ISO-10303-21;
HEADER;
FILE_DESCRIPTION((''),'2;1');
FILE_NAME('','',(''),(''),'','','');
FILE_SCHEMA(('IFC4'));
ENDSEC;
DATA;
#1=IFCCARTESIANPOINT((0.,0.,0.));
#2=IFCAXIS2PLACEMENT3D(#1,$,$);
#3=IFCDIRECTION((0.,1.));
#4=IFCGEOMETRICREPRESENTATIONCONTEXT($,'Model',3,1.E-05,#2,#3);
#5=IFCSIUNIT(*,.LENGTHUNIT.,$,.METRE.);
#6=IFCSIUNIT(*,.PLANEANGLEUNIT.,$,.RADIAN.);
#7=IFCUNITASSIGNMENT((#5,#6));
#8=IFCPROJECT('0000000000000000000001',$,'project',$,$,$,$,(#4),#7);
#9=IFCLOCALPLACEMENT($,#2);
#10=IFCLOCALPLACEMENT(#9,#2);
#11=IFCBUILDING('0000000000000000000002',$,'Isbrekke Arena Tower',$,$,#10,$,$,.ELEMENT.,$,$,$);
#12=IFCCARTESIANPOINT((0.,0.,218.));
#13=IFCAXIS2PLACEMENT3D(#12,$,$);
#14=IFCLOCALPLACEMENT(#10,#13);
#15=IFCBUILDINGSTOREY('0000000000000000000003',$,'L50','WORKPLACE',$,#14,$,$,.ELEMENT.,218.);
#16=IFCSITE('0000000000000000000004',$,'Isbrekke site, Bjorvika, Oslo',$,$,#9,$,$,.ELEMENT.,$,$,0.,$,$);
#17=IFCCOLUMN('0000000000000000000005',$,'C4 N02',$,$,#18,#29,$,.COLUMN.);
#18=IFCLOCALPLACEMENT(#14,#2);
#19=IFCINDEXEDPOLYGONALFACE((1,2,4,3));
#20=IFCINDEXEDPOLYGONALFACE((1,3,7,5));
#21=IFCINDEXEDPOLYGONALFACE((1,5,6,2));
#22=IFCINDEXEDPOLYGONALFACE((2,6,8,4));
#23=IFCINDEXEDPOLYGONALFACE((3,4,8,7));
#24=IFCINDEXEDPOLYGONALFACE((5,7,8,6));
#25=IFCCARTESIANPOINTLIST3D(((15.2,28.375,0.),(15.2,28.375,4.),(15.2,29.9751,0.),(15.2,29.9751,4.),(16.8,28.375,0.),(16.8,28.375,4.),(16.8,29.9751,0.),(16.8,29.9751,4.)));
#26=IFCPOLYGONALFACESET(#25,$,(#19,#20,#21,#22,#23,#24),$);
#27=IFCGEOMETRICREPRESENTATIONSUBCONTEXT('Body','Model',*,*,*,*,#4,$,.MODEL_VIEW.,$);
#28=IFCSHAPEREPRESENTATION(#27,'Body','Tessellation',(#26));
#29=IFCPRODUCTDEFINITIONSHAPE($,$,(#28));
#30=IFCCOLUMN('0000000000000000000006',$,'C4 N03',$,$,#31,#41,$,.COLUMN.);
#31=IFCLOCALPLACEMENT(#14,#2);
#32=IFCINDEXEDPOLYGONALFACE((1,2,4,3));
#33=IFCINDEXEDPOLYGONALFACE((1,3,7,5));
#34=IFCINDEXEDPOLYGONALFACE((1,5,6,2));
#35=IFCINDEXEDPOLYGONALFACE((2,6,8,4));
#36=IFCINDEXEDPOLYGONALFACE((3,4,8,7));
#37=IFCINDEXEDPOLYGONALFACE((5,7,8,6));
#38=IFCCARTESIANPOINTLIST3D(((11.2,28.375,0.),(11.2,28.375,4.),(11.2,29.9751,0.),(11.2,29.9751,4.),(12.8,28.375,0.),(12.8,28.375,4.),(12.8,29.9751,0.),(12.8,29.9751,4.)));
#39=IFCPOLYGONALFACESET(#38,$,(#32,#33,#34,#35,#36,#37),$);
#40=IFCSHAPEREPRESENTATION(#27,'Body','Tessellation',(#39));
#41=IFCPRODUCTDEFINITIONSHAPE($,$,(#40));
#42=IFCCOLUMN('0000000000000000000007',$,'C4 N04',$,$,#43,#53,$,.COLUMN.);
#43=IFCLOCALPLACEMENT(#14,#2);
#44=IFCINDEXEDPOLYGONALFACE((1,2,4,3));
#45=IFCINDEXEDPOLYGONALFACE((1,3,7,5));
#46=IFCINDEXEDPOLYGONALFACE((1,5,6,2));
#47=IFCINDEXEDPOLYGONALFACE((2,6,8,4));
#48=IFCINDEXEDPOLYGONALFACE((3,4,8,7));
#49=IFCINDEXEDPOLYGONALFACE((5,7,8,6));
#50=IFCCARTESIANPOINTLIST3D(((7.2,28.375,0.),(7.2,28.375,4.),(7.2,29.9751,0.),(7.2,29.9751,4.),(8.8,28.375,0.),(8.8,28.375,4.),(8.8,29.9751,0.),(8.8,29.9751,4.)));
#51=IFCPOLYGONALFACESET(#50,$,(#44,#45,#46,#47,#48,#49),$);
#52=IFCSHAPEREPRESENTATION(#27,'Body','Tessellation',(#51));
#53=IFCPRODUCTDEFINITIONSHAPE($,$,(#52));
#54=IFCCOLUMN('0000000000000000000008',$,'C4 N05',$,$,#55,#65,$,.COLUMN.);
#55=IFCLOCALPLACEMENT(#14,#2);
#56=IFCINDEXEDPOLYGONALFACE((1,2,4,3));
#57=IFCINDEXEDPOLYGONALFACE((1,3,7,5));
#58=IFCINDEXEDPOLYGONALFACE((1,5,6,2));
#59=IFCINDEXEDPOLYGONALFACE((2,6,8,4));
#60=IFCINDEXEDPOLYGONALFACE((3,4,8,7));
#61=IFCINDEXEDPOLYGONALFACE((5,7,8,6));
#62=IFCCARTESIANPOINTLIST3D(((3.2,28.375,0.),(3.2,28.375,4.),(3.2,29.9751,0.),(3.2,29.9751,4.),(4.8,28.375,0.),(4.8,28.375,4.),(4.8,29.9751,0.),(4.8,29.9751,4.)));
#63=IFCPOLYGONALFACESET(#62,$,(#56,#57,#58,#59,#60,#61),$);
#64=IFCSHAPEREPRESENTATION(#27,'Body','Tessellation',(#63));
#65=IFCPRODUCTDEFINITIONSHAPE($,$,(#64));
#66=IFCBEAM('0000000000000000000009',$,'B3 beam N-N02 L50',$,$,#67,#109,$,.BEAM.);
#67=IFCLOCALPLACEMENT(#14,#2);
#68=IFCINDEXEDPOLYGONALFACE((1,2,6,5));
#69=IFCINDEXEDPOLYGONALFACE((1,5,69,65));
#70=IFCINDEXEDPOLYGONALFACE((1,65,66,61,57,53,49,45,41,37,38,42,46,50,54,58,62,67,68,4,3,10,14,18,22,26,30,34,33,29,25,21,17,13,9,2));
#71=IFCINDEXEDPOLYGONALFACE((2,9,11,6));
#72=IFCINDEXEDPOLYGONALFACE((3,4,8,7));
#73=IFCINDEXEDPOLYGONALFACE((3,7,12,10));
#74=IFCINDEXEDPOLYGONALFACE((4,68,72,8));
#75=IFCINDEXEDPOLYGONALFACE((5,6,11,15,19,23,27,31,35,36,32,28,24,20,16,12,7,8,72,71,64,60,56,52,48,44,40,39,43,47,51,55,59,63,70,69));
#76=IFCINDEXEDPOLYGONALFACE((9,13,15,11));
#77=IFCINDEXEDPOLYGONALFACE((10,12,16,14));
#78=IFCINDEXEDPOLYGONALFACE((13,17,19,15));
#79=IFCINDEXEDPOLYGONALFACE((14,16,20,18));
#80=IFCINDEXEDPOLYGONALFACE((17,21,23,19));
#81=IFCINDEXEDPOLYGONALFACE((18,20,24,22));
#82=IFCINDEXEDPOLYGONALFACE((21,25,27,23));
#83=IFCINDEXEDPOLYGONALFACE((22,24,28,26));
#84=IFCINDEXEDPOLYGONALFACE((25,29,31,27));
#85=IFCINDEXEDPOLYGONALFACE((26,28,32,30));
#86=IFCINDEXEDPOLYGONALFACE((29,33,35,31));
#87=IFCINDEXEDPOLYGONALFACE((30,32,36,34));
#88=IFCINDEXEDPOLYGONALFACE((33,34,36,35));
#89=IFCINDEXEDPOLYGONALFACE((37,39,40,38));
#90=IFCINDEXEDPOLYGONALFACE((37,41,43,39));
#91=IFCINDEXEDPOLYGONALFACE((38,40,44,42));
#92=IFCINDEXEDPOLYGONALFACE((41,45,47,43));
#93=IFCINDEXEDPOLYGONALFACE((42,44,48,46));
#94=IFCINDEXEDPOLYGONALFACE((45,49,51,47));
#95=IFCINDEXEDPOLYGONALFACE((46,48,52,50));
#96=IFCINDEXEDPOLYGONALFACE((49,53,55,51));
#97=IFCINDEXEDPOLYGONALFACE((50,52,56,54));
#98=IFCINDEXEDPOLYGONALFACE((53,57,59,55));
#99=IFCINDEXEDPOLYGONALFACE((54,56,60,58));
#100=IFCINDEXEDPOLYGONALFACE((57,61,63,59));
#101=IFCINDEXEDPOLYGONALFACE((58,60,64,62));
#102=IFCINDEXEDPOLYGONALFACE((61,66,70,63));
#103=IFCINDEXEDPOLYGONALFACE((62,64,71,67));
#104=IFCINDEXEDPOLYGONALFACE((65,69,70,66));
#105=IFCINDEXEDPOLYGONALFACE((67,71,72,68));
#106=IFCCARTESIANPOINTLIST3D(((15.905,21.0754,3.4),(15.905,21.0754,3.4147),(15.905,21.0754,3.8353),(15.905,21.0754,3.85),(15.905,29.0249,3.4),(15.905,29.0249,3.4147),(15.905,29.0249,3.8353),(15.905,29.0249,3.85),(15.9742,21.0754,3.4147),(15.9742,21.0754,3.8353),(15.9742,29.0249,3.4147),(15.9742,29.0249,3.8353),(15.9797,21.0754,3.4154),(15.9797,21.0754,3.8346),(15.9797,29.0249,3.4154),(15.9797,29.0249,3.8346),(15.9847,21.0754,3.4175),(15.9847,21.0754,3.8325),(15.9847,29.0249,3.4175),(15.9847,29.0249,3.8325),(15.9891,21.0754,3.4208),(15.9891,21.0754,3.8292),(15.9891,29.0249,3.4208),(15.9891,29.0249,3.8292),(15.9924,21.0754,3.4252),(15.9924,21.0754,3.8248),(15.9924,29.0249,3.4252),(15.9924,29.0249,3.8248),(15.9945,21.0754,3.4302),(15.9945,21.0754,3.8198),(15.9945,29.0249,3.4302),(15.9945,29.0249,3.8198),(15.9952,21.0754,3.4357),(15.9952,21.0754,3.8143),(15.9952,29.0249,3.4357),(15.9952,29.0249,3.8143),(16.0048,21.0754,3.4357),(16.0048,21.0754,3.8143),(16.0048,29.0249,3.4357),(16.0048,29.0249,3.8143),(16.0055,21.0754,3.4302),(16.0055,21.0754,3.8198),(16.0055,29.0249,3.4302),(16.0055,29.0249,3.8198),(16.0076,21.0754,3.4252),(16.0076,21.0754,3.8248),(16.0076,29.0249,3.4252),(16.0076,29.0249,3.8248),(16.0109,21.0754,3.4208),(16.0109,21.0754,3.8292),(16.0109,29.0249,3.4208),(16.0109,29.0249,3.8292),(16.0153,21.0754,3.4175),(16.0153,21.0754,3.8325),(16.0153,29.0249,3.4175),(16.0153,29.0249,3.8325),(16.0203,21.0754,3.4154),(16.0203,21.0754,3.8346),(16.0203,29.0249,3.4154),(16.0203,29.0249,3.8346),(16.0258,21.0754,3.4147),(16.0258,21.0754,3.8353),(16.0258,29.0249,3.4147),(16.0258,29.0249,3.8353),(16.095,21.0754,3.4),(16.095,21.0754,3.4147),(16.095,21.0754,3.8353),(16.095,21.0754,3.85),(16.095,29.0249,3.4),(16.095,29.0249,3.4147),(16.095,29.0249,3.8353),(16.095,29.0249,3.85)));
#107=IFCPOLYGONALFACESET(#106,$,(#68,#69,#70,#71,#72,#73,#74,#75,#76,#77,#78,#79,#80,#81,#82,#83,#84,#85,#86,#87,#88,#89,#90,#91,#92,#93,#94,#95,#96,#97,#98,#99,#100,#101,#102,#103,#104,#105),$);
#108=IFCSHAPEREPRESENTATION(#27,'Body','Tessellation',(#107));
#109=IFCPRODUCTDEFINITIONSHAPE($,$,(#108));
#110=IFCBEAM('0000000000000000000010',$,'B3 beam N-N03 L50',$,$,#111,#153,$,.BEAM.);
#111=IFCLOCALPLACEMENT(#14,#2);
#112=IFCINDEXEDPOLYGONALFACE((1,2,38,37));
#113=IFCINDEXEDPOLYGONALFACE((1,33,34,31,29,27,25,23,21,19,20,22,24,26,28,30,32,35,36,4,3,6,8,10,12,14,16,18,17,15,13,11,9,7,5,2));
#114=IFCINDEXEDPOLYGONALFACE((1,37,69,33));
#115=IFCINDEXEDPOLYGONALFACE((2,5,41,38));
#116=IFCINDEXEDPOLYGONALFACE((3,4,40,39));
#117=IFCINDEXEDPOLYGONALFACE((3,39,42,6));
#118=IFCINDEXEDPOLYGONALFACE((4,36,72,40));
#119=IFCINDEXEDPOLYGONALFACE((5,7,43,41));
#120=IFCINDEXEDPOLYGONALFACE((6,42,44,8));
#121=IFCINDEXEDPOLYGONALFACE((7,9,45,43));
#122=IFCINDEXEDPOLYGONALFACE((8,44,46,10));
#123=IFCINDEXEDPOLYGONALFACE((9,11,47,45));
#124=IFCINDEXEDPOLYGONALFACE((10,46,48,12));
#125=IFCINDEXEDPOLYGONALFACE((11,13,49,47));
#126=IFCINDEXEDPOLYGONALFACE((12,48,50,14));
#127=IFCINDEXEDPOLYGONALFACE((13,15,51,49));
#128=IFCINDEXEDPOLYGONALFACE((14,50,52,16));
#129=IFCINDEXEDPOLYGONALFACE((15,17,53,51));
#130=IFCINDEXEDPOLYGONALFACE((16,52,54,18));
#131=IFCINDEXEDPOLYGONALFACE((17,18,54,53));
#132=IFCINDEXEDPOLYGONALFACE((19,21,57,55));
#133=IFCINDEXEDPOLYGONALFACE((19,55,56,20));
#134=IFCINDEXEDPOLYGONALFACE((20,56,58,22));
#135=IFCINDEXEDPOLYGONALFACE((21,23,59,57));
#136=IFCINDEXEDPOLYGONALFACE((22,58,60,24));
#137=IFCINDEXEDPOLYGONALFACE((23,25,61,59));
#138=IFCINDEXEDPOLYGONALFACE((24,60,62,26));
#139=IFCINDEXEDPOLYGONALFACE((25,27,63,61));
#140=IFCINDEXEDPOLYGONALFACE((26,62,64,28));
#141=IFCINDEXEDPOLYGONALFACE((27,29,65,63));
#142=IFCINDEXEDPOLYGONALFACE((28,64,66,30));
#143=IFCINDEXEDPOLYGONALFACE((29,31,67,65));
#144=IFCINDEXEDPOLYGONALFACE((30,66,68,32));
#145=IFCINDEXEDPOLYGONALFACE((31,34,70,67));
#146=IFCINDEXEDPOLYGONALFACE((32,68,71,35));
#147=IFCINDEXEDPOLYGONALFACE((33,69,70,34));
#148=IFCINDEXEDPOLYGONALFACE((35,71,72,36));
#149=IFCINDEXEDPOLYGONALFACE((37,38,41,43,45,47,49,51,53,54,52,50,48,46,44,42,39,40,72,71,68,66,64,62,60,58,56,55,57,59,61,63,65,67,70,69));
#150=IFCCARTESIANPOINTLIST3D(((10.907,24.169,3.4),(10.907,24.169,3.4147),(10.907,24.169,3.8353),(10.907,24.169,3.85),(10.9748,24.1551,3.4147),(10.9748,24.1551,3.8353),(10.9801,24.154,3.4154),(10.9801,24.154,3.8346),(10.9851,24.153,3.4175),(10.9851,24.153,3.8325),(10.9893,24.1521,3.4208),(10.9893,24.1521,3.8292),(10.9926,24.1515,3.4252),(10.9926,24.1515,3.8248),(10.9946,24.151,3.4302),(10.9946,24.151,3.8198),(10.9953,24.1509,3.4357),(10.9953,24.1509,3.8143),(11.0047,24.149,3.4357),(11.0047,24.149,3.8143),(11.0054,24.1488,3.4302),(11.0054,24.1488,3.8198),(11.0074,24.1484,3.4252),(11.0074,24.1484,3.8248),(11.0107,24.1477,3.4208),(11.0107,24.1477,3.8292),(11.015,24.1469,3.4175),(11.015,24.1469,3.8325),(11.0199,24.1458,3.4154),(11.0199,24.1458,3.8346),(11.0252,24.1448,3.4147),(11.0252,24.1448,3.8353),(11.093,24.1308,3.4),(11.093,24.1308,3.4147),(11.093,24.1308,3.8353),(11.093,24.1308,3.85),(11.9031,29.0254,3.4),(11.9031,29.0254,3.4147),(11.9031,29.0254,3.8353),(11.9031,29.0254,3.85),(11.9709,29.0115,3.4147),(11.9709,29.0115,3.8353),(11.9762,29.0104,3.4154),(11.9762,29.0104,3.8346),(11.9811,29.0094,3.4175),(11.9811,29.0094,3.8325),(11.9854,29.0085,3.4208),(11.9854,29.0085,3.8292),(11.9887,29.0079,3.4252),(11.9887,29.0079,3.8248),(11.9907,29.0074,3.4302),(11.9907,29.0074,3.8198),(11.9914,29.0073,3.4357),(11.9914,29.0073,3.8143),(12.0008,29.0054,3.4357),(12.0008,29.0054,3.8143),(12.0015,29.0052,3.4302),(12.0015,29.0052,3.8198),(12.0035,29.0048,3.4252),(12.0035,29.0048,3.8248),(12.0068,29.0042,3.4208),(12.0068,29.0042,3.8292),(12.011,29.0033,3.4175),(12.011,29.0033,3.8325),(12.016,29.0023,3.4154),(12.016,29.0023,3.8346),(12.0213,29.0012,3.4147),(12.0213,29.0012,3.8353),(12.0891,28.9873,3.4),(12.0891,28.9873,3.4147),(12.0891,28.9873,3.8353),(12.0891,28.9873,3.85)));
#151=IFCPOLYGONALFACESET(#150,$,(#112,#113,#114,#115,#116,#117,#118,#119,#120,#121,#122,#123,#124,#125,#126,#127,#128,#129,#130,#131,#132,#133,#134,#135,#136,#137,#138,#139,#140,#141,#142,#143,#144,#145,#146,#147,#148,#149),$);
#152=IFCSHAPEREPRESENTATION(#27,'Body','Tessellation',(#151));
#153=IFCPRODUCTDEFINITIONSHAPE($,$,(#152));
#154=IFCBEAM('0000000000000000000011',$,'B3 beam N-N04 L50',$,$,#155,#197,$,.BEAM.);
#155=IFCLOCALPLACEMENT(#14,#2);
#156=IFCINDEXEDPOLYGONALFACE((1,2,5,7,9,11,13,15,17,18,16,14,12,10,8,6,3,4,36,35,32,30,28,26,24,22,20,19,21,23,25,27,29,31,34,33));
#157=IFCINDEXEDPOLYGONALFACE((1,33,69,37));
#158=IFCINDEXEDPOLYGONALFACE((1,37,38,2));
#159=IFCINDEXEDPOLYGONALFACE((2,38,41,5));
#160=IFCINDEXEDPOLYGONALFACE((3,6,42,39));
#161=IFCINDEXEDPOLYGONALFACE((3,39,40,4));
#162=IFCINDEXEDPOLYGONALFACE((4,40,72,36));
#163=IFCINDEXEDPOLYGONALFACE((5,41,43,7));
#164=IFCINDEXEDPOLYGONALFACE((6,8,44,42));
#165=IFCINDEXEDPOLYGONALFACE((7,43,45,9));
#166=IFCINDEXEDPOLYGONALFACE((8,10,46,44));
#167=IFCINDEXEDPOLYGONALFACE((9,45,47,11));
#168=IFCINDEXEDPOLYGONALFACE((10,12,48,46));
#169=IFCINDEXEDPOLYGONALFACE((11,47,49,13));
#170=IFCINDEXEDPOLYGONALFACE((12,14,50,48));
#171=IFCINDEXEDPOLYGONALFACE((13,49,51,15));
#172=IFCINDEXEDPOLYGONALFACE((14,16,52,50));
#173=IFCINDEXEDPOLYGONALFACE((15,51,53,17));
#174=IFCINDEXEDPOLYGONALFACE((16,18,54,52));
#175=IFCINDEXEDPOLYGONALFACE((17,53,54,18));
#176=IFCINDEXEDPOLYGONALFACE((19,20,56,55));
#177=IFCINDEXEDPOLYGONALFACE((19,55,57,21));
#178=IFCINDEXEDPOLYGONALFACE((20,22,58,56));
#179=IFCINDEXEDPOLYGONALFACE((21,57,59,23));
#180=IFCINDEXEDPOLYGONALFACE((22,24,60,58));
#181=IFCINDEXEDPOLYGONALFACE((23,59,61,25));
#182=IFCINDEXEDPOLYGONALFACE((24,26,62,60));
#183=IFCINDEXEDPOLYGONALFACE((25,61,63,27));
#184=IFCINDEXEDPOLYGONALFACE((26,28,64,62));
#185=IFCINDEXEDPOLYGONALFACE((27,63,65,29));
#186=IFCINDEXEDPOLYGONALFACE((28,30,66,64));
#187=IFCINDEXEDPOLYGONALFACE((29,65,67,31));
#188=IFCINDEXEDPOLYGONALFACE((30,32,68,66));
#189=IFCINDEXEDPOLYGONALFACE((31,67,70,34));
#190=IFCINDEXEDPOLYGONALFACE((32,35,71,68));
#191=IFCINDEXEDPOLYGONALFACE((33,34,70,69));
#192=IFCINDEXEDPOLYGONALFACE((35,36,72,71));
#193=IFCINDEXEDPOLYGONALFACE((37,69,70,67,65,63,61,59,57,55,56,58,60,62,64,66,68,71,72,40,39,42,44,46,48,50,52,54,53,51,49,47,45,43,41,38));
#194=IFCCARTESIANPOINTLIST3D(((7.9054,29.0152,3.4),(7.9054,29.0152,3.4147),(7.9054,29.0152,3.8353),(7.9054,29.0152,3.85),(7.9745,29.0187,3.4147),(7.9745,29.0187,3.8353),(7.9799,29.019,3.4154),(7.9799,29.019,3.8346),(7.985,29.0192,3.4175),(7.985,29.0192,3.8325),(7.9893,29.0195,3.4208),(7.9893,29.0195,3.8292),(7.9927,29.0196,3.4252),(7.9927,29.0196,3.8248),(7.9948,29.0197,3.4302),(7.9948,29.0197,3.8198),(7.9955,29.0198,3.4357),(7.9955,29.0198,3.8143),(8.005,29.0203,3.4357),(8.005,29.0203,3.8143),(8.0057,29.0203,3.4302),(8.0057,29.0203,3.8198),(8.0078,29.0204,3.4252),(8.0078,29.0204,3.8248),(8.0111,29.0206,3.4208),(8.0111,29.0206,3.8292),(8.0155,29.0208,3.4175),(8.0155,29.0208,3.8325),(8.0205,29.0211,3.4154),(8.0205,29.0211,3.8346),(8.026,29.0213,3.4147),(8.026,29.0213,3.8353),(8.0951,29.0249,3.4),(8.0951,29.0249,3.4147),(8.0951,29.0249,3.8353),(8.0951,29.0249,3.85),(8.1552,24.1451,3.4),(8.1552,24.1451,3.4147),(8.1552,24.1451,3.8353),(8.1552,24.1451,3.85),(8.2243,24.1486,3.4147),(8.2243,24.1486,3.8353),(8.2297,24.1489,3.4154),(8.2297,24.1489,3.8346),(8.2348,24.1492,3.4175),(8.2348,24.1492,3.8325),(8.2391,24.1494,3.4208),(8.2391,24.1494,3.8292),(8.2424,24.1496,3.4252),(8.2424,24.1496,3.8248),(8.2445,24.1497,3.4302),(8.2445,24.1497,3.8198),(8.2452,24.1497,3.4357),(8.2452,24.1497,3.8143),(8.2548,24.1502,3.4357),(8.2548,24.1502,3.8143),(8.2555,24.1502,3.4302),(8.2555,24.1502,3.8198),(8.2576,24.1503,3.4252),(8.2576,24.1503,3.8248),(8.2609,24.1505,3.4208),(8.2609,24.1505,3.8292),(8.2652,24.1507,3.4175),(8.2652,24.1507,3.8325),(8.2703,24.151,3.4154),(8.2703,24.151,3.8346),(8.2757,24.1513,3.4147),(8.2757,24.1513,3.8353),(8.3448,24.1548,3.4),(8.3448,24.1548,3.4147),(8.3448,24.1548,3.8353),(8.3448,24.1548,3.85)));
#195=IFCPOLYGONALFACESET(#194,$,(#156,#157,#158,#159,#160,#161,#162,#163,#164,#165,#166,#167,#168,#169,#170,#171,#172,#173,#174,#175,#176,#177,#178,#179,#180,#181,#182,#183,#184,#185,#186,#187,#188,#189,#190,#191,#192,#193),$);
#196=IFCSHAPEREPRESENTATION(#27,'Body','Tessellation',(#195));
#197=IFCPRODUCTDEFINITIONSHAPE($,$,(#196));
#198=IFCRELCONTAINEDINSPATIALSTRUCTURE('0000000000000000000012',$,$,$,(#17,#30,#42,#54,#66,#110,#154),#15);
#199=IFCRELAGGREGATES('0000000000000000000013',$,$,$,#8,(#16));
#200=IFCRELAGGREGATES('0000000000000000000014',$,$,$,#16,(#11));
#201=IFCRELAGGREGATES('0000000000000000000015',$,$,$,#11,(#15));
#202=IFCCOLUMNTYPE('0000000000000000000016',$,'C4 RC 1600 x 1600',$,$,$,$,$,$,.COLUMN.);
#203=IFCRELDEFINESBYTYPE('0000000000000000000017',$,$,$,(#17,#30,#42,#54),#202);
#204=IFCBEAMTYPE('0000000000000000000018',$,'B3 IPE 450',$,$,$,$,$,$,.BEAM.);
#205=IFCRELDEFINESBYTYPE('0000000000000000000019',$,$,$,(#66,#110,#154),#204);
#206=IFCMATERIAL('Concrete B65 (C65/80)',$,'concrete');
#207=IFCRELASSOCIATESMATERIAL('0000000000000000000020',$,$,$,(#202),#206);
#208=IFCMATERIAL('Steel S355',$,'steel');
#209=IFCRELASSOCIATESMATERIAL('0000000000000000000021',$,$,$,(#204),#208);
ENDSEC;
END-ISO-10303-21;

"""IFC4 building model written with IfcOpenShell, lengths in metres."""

from ifc_helpers import new_model, si_unit, direction, frame, origin, origin_2d, place, context, subcontext, project, spatial, rectangle, i_section, extrude, material, material_profile, profile_set, type_object, element, save


model = new_model("IFC4")

# Units and contexts
model_context = context("Model", 3, precision=1e-05, world=origin(), true_north=direction((0.0, 1.0)))
body_context = subcontext(model_context, "Body", "Model", "MODEL_VIEW")
ifc_project = project(units=[si_unit("LENGTHUNIT", "METRE"), si_unit("PLANEANGLEUNIT", "RADIAN")], contexts=[model_context])

# Site, building, storey
site_placement = place(None, origin())
site = spatial("IfcSite", under=ifc_project, at=site_placement, Name="Isbrekke site, Bjorvika, Oslo", CompositionType="ELEMENT", RefElevation=0.0)
building_placement = place(site_placement, origin())
building = spatial("IfcBuilding", under=site, at=building_placement, Name="Isbrekke Arena Tower", CompositionType="ELEMENT")
storey_placement = place(building_placement, frame((0.0, 0.0, 218.0)))
storey = spatial("IfcBuildingStorey", under=building, at=storey_placement, Name="L50", Description="WORKPLACE", CompositionType="ELEMENT", Elevation=218.0)

# Columns
ifc_material_1 = material(Name="Concrete B65 (C65/80)", Category="concrete")
ifc_material_profile_1 = material_profile(ifc_material_1, rectangle(XDim=1.6001, YDim=1.6001, at=origin_2d()), Name="RC 1600x1600")
ifc_profile_set_1 = profile_set([ifc_material_profile_1], Name="Concrete B65 (C65/80)")
column_type = type_object("IfcColumnType", Name="C4 RC 1600 x 1600", PredefinedType="COLUMN", material=ifc_profile_set_1)
for number, where, z_axis, x_axis, name in (
    (1, (16.0, 29.175, 0.0), (0.0, 0.0, 1.0), (-1.0, 0.0, 0.0), "C4 N02"),
    (2, (12.0, 29.175, 0.0), (0.0, 0.0, 1.0), (-1.0, 0.0, 0.0), "C4 N03"),
    (3, (8.0, 29.175, 0.0), (0.0, 0.0, 1.0), (-1.0, 0.0, 0.0), "C4 N04"),
    (4, (4.0, 29.175, 0.0), (0.0, 0.0, 1.0), (-1.0, 0.0, 0.0), "C4 N05"),
):
    element("IfcColumn", number, at=place(storey_placement, frame(where, z_axis=z_axis, x_axis=x_axis)), inside=storey, type_object=column_type, Name=name, PredefinedType="COLUMN", context=body_context, shape_type="SweptSolid", body=[
        extrude(rectangle(XDim=1.6001, YDim=1.6001, at=origin_2d()), origin(), (0.0, 0.0, 1.0), 4.0),
    ])

# Beams
ifc_material_2 = material(Name="Steel S355", Category="steel")
ifc_material_profile_2 = material_profile(ifc_material_2, i_section(OverallWidth=0.1899, OverallDepth=0.45, WebThickness=0.0095, FlangeThickness=0.0146, FilletRadius=0.021, at=origin_2d()), Name="IPE 450")
ifc_profile_set_2 = profile_set([ifc_material_profile_2], Name="Steel S355")
beam_type_1 = type_object("IfcBeamType", Name="B3 IPE 450", PredefinedType="BEAM", material=ifc_profile_set_2)
beam_1_placement = place(storey_placement, frame((16.0, 29.0249, 3.625), z_axis=(0.0, -1.0, 0.0), x_axis=(1.0, 0.0, 0.0)))
element("IfcBeam", 5, at=beam_1_placement, inside=storey, type_object=beam_type_1, Name="B3 beam N-N02 L50", PredefinedType="BEAM", context=body_context, shape_type="SweptSolid", body=[
    extrude(i_section(OverallWidth=0.1899, OverallDepth=0.45, WebThickness=0.0095, FlangeThickness=0.0146, FilletRadius=0.021, at=origin_2d()), origin(), (0.0, 0.0, 1.0), 7.9495),
])
beam_2_placement = place(storey_placement, frame((11.9961, 29.0063, 3.625), z_axis=(-0.200925, -0.979607, 0.0), x_axis=(0.979607, -0.200925, 0.0)))
element("IfcBeam", 6, at=beam_2_placement, inside=storey, type_object=beam_type_1, Name="B3 beam N-N03 L50", PredefinedType="BEAM", context=body_context, shape_type="SweptSolid", body=[
    extrude(i_section(OverallWidth=0.1899, OverallDepth=0.45, WebThickness=0.0095, FlangeThickness=0.0146, FilletRadius=0.021, at=origin_2d()), origin(), (0.0, 0.0, 1.0), 4.9575),
])
beam_3_placement = place(storey_placement, frame((8.0002, 29.02, 3.625), z_axis=(0.051216, -0.998688, 0.0), x_axis=(0.998688, 0.051216, 0.0)))
element("IfcBeam", 7, at=beam_3_placement, inside=storey, type_object=beam_type_1, Name="B3 beam N-N04 L50", PredefinedType="BEAM", context=body_context, shape_type="SweptSolid", body=[
    extrude(i_section(OverallWidth=0.1899, OverallDepth=0.45, WebThickness=0.0095, FlangeThickness=0.0146, FilletRadius=0.021, at=origin_2d()), origin(), (0.0, 0.0, 1.0), 4.8765),
])

save(model, "model.ifc")
